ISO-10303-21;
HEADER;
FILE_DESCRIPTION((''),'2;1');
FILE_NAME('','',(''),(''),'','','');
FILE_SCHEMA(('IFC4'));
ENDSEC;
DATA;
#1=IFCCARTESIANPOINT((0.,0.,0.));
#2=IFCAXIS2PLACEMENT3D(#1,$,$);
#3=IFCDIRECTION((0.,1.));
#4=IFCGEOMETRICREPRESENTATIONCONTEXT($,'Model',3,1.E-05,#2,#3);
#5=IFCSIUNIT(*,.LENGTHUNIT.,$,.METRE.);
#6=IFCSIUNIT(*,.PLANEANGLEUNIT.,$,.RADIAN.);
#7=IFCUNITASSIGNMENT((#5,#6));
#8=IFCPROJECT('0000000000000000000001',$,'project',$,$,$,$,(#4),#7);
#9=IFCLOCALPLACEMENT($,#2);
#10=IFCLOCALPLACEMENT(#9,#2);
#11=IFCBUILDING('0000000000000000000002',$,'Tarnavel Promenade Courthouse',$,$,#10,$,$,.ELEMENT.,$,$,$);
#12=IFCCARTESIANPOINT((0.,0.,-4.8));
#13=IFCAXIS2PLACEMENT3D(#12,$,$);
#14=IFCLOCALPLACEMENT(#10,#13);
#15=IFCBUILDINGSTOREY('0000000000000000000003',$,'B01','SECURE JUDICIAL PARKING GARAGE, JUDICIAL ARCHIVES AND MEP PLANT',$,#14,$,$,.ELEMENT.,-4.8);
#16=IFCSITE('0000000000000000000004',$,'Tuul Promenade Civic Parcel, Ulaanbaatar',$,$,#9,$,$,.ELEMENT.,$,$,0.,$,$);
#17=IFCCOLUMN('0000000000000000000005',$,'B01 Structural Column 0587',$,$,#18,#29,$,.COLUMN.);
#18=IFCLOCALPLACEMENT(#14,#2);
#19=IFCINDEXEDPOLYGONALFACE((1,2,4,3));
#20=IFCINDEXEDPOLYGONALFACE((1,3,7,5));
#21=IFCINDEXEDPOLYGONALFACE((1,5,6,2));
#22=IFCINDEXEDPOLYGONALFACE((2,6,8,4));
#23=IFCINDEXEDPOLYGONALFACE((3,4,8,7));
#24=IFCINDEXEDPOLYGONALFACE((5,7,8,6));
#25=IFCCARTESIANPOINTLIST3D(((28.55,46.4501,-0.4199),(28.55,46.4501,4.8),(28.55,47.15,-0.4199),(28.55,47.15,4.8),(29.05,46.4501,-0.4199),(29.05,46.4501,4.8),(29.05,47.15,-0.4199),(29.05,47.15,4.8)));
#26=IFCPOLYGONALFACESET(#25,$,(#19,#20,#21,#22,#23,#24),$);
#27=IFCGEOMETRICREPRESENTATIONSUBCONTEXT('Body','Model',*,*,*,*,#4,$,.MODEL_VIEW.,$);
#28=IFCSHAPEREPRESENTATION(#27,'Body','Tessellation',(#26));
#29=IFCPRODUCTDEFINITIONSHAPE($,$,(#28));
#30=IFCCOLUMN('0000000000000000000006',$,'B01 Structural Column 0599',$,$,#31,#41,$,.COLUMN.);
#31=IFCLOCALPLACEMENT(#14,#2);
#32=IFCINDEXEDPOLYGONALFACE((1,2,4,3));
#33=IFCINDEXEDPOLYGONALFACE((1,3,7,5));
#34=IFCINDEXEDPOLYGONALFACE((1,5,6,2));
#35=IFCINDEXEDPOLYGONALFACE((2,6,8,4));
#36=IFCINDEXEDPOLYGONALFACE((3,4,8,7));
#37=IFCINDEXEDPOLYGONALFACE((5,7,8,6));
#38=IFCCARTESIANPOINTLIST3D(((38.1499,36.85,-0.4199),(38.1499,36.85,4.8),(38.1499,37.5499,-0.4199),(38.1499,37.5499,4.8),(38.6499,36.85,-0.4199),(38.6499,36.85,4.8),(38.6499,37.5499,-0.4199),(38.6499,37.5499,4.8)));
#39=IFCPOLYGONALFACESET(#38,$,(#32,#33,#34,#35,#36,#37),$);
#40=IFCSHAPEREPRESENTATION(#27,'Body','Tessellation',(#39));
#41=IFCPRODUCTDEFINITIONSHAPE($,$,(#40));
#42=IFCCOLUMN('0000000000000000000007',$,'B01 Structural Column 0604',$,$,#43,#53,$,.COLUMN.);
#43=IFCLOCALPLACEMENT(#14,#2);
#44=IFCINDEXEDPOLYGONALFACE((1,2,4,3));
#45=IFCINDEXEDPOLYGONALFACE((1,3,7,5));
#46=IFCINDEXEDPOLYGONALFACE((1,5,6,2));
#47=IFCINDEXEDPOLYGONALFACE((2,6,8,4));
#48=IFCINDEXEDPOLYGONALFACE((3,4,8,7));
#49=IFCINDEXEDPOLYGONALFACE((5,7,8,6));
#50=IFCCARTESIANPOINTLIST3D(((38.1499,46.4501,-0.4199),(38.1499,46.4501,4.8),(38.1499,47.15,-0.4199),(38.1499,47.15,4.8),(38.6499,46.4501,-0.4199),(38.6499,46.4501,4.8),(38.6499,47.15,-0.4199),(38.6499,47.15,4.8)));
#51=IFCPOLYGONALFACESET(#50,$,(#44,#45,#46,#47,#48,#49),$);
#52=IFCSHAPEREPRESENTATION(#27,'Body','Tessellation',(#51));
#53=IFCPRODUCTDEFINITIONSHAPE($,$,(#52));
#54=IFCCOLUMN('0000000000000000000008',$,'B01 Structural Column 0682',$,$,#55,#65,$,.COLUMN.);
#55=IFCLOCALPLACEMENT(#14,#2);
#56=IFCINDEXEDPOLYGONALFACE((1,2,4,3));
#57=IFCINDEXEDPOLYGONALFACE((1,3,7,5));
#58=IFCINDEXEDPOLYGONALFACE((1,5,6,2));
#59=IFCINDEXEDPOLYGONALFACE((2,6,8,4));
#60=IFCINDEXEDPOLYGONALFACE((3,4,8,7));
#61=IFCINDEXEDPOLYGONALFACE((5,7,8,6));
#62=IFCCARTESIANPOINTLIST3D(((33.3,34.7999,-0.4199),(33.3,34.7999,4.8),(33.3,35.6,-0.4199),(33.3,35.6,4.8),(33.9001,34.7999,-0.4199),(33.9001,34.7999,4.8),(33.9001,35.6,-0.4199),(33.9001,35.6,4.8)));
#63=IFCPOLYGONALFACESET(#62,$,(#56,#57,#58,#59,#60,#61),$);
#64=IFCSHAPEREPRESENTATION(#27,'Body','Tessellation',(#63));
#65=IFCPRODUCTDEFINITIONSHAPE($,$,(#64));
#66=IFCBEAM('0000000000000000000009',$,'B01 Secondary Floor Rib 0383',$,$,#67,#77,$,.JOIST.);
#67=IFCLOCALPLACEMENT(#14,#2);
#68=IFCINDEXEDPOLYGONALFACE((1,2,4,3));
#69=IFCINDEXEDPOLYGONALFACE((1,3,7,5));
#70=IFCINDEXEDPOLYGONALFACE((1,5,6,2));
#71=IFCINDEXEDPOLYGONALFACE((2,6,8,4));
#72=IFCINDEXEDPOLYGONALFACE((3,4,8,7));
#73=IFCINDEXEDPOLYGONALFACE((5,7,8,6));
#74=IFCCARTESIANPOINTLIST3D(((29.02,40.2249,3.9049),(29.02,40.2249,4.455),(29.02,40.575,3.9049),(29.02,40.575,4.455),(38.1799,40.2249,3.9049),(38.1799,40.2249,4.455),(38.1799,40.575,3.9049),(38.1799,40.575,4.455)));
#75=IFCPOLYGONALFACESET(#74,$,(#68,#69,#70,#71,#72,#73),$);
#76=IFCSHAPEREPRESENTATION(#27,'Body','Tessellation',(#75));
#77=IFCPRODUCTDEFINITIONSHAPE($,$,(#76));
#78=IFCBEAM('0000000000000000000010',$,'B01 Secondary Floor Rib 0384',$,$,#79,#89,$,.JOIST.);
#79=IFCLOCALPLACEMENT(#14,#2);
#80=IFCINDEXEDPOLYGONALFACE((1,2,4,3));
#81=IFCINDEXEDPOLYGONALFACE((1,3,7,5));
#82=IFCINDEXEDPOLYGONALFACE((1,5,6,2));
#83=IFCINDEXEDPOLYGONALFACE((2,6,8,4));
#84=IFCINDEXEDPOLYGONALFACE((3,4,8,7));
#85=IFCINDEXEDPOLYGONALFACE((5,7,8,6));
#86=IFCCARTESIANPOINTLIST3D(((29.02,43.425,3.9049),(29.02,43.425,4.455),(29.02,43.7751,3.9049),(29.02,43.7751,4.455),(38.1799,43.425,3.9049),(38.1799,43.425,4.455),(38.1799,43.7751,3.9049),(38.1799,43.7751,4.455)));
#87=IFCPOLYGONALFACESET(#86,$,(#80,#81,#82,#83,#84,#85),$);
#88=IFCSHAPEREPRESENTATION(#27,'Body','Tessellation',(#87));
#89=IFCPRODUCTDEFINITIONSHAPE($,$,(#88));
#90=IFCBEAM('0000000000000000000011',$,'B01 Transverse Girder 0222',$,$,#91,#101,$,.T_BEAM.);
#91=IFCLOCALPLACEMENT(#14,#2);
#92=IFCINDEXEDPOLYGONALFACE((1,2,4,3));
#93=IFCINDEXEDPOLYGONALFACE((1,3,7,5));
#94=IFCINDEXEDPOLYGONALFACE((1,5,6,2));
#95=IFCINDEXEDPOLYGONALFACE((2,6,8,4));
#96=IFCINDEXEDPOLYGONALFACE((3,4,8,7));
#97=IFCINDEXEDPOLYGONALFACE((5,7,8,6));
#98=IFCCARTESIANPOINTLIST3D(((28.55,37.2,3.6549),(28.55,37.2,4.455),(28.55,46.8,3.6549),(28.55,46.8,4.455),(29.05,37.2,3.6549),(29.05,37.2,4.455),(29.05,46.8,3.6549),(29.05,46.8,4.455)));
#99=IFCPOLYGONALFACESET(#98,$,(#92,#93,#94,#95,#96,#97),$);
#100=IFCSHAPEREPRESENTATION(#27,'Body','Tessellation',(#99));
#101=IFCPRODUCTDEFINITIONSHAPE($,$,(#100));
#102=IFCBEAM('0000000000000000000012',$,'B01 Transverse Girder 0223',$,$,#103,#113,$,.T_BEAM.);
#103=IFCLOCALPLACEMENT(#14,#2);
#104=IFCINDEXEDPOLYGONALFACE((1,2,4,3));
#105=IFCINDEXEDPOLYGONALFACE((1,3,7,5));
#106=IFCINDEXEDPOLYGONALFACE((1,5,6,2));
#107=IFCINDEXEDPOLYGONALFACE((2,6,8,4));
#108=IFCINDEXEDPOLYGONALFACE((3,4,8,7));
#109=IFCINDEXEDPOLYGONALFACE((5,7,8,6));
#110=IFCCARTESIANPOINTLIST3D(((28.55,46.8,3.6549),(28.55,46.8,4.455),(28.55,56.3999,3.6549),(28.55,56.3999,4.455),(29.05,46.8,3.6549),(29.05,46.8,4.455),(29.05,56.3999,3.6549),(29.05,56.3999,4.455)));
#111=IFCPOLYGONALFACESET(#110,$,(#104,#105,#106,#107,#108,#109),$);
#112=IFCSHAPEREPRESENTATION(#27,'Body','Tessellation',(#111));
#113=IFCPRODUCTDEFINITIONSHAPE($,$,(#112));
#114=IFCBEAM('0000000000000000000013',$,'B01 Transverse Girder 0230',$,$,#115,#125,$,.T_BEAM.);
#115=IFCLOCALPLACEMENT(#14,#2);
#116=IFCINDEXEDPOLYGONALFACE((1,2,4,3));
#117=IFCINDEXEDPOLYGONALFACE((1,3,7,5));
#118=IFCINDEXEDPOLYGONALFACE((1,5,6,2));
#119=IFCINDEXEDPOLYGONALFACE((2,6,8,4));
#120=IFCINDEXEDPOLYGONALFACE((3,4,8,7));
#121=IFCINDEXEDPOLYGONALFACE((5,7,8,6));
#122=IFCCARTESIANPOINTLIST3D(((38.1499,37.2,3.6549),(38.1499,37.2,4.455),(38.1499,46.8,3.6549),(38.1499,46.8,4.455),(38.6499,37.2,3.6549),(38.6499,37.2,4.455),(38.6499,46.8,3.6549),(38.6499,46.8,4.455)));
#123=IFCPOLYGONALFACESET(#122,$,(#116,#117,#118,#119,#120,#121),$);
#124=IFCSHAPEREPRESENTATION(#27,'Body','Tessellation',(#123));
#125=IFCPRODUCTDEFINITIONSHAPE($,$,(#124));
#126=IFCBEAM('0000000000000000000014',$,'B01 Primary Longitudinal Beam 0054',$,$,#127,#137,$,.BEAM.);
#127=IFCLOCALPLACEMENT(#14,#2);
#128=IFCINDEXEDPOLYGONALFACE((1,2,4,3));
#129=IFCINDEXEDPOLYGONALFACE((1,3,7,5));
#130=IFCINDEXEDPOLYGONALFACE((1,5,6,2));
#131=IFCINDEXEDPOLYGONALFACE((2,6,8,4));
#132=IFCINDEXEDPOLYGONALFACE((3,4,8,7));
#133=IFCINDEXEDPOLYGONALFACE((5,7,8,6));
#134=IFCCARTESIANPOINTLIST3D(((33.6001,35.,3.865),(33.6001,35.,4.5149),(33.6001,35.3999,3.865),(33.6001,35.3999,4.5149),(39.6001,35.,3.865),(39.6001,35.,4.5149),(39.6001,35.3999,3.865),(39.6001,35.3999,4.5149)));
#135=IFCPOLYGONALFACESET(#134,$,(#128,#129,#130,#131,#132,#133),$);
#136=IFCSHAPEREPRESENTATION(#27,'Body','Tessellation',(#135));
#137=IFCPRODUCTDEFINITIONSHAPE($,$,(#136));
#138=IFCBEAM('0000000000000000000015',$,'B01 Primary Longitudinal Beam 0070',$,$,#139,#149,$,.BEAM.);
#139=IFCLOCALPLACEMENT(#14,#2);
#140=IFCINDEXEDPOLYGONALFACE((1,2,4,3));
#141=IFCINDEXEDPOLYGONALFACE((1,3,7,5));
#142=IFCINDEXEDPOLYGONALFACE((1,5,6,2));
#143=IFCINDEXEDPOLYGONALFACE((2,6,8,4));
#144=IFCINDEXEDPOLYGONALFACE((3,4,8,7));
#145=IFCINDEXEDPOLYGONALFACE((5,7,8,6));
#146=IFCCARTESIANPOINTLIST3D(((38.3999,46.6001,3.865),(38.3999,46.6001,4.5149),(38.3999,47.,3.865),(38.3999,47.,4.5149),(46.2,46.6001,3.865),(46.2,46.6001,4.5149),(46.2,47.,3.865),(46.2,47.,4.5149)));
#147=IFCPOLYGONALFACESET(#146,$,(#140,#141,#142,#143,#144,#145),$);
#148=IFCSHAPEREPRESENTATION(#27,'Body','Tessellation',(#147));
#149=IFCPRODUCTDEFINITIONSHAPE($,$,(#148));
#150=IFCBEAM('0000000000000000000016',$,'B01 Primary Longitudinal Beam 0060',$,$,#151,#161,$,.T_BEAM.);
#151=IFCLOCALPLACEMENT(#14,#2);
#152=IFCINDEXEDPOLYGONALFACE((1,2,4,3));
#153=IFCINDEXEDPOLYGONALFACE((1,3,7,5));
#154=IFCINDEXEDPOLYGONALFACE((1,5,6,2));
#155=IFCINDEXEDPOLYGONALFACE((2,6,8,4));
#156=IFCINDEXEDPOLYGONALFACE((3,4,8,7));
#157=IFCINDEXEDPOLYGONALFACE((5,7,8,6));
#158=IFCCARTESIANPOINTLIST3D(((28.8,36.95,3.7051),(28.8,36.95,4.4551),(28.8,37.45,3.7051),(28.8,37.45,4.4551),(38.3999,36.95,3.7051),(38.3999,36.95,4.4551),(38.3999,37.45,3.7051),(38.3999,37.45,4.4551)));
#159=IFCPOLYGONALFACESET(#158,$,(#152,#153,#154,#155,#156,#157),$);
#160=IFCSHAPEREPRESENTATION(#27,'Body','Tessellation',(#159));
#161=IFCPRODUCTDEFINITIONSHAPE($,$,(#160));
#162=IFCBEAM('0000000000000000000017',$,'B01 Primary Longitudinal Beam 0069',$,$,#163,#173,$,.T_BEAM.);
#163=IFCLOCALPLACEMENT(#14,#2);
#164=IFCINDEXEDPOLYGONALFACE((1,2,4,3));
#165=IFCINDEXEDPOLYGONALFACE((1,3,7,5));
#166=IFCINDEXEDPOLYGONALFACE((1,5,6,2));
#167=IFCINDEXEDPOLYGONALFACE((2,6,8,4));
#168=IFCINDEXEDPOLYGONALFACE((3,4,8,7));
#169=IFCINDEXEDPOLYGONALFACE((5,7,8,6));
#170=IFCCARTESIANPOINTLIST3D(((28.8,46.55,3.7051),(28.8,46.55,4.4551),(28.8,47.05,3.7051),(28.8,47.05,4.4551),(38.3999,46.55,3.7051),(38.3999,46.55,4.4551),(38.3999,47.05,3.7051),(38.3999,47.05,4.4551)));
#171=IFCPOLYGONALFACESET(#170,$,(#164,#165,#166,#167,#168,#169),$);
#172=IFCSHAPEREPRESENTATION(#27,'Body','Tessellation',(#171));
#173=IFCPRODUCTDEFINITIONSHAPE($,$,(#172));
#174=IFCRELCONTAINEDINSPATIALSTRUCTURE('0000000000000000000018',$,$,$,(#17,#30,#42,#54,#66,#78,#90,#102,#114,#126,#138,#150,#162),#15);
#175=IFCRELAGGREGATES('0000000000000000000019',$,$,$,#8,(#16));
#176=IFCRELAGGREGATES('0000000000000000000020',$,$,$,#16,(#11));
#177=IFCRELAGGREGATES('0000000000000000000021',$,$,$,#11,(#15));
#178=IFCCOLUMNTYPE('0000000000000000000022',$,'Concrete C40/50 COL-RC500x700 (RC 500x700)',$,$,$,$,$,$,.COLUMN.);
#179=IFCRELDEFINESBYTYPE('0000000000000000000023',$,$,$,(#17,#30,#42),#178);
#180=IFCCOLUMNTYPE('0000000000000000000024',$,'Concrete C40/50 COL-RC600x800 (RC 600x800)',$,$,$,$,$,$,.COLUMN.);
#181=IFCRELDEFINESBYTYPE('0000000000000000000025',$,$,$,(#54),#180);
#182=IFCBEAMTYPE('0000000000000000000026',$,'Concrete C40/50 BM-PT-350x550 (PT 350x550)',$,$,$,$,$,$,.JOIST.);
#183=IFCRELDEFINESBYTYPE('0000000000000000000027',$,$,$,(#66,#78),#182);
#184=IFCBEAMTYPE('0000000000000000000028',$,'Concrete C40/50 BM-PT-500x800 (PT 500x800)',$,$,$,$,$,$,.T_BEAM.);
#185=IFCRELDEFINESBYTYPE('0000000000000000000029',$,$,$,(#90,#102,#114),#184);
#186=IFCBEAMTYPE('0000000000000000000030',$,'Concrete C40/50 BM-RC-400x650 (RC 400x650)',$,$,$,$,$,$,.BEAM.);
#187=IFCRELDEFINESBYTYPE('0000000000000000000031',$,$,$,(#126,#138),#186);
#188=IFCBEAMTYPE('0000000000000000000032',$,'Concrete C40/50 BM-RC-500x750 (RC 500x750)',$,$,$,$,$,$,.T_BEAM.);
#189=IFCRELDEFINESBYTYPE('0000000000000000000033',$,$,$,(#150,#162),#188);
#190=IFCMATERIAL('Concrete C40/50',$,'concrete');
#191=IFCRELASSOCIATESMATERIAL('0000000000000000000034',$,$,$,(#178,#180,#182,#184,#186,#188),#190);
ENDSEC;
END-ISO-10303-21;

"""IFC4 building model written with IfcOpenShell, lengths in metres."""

from ifc_helpers import new_model, si_unit, direction, frame, origin, origin_2d, place, context, subcontext, project, spatial, rectangle, extrude, material, material_profile, profile_set, type_object, element, save


model = new_model("IFC4")

# Units and contexts
model_context = context("Model", 3, precision=1e-05, world=origin(), true_north=direction((0.0, 1.0)))
body_context = subcontext(model_context, "Body", "Model", "MODEL_VIEW")
ifc_project = project(units=[si_unit("LENGTHUNIT", "METRE"), si_unit("PLANEANGLEUNIT", "RADIAN")], contexts=[model_context])

# Site, building, storey
site_placement = place(None, origin())
site = spatial("IfcSite", under=ifc_project, at=site_placement, Name="Tuul Promenade Civic Parcel, Ulaanbaatar", CompositionType="ELEMENT", RefElevation=0.0)
building_placement = place(site_placement, origin())
building = spatial("IfcBuilding", under=site, at=building_placement, Name="Tarnavel Promenade Courthouse", CompositionType="ELEMENT")
storey_placement = place(building_placement, frame((0.0, 0.0, -4.8)))
storey = spatial("IfcBuildingStorey", under=building, at=storey_placement, Name="B01", Description="SECURE JUDICIAL PARKING GARAGE, JUDICIAL ARCHIVES AND MEP PLANT", CompositionType="ELEMENT", Elevation=-4.8)

# Columns
ifc_material_1 = material(Name="Concrete C40/50", Category="concrete")
ifc_material_profile_1 = material_profile(ifc_material_1, rectangle(XDim=0.5, YDim=0.7, at=origin_2d()), Name="RC 500x700")
ifc_profile_set_1 = profile_set([ifc_material_profile_1], Name="Concrete C40/50")
column_type_1 = type_object("IfcColumnType", Name="Concrete C40/50 COL-RC500x700 (RC 500x700)", PredefinedType="COLUMN", material=ifc_profile_set_1)
for number, where, z_axis, x_axis, name in (
    (1, (28.8, 46.8, -0.4199), (0.0, 0.0, 1.0), (1.0, 0.0, 0.0), "B01 Structural Column 0587"),
    (2, (38.3999, 37.2, -0.4199), (0.0, 0.0, 1.0), (1.0, 0.0, 0.0), "B01 Structural Column 0599"),
    (3, (38.3999, 46.8, -0.4199), (0.0, 0.0, 1.0), (1.0, 0.0, 0.0), "B01 Structural Column 0604"),
):
    element("IfcColumn", number, at=place(storey_placement, frame(where, z_axis=z_axis, x_axis=x_axis)), inside=storey, type_object=column_type_1, Name=name, PredefinedType="COLUMN", context=body_context, shape_type="SweptSolid", body=[
        extrude(rectangle(XDim=0.5, YDim=0.7, at=origin_2d()), origin(), (0.0, 0.0, 1.0), 5.22),
    ])
ifc_material_profile_2 = material_profile(ifc_material_1, rectangle(XDim=0.6001, YDim=0.8, at=origin_2d()), Name="RC 600x800")
ifc_profile_set_2 = profile_set([ifc_material_profile_2], Name="Concrete C40/50")
column_type_2 = type_object("IfcColumnType", Name="Concrete C40/50 COL-RC600x800 (RC 600x800)", PredefinedType="COLUMN", material=ifc_profile_set_2)
column_placement = place(storey_placement, frame((33.6001, 35.2, -0.4199), z_axis=(0.0, 0.0, 1.0), x_axis=(1.0, 0.0, 0.0)))
element("IfcColumn", 4, at=column_placement, inside=storey, type_object=column_type_2, Name="B01 Structural Column 0682", PredefinedType="COLUMN", context=body_context, shape_type="SweptSolid", body=[
    extrude(rectangle(XDim=0.6001, YDim=0.8, at=origin_2d()), origin(), (0.0, 0.0, 1.0), 5.22),
])

# Beams
ifc_material_profile_3 = material_profile(ifc_material_1, rectangle(XDim=0.3501, YDim=0.55, at=origin_2d()), Name="PT 350x550")
ifc_profile_set_3 = profile_set([ifc_material_profile_3], Name="Concrete C40/50")
beam_type_1 = type_object("IfcBeamType", Name="Concrete C40/50 BM-PT-350x550 (PT 350x550)", PredefinedType="JOIST", material=ifc_profile_set_3)
for number, where, z_axis, x_axis, name in (
    (5, (29.02, 40.3999, 4.1799), (1.0, 0.0, 0.0), (0.0, 1.0, 0.0), "B01 Secondary Floor Rib 0383"),
    (6, (29.02, 43.6001, 4.1799), (1.0, 0.0, 0.0), (0.0, 1.0, 0.0), "B01 Secondary Floor Rib 0384"),
):
    element("IfcBeam", number, at=place(storey_placement, frame(where, z_axis=z_axis, x_axis=x_axis)), inside=storey, type_object=beam_type_1, Name=name, PredefinedType="JOIST", context=body_context, shape_type="SweptSolid", body=[
        extrude(rectangle(XDim=0.3501, YDim=0.55, at=origin_2d()), origin(), (0.0, 0.0, 1.0), 9.1599),
    ])
ifc_material_profile_4 = material_profile(ifc_material_1, rectangle(XDim=0.5, YDim=0.8, at=origin_2d()), Name="PT 500x800")
ifc_profile_set_4 = profile_set([ifc_material_profile_4], Name="Concrete C40/50")
beam_type_2 = type_object("IfcBeamType", Name="Concrete C40/50 BM-PT-500x800 (PT 500x800)", PredefinedType="T_BEAM", material=ifc_profile_set_4)
beam_1_placement = place(storey_placement, frame((28.8, 37.2, 4.0549), z_axis=(0.0, 1.0, 0.0), x_axis=(-1.0, 0.0, 0.0)))
element("IfcBeam", 7, at=beam_1_placement, inside=storey, type_object=beam_type_2, Name="B01 Transverse Girder 0222", PredefinedType="T_BEAM", context=body_context, shape_type="SweptSolid", body=[
    extrude(rectangle(XDim=0.5, YDim=0.8, at=origin_2d()), origin(), (0.0, 0.0, 1.0), 9.6001),
])
beam_2_placement = place(storey_placement, frame((28.8, 46.8, 4.0549), z_axis=(0.0, 1.0, 0.0), x_axis=(-1.0, 0.0, 0.0)))
element("IfcBeam", 8, at=beam_2_placement, inside=storey, type_object=beam_type_2, Name="B01 Transverse Girder 0223", PredefinedType="T_BEAM", context=body_context, shape_type="SweptSolid", body=[
    extrude(rectangle(XDim=0.5, YDim=0.8, at=origin_2d()), origin(), (0.0, 0.0, 1.0), 9.5999),
])
beam_3_placement = place(storey_placement, frame((38.3999, 37.2, 4.0549), z_axis=(0.0, 1.0, 0.0), x_axis=(-1.0, 0.0, 0.0)))
element("IfcBeam", 9, at=beam_3_placement, inside=storey, type_object=beam_type_2, Name="B01 Transverse Girder 0230", PredefinedType="T_BEAM", context=body_context, shape_type="SweptSolid", body=[
    extrude(rectangle(XDim=0.5, YDim=0.8, at=origin_2d()), origin(), (0.0, 0.0, 1.0), 9.6001),
])
ifc_material_profile_5 = material_profile(ifc_material_1, rectangle(XDim=0.3999, YDim=0.6499, at=origin_2d()), Name="RC 400x650")
ifc_profile_set_5 = profile_set([ifc_material_profile_5], Name="Concrete C40/50")
beam_type_3 = type_object("IfcBeamType", Name="Concrete C40/50 BM-RC-400x650 (RC 400x650)", PredefinedType="BEAM", material=ifc_profile_set_5)
beam_4_placement = place(storey_placement, frame((33.6001, 35.2, 4.1899), z_axis=(1.0, 0.0, 0.0), x_axis=(0.0, 1.0, 0.0)))
element("IfcBeam", 10, at=beam_4_placement, inside=storey, type_object=beam_type_3, Name="B01 Primary Longitudinal Beam 0054", PredefinedType="BEAM", context=body_context, shape_type="SweptSolid", body=[
    extrude(rectangle(XDim=0.3999, YDim=0.6499, at=origin_2d()), origin(), (0.0, 0.0, 1.0), 6.0),
])
beam_5_placement = place(storey_placement, frame((38.3999, 46.8, 4.1899), z_axis=(1.0, 0.0, 0.0), x_axis=(0.0, 1.0, 0.0)))
element("IfcBeam", 11, at=beam_5_placement, inside=storey, type_object=beam_type_3, Name="B01 Primary Longitudinal Beam 0070", PredefinedType="BEAM", context=body_context, shape_type="SweptSolid", body=[
    extrude(rectangle(XDim=0.3999, YDim=0.6499, at=origin_2d()), origin(), (0.0, 0.0, 1.0), 7.8),
])
ifc_material_profile_6 = material_profile(ifc_material_1, rectangle(XDim=0.5, YDim=0.75, at=origin_2d()), Name="RC 500x750")
ifc_profile_set_6 = profile_set([ifc_material_profile_6], Name="Concrete C40/50")
beam_type_4 = type_object("IfcBeamType", Name="Concrete C40/50 BM-RC-500x750 (RC 500x750)", PredefinedType="T_BEAM", material=ifc_profile_set_6)
for number, where, z_axis, x_axis, name in (
    (12, (28.8, 37.2, 4.0801), (1.0, 0.0, 0.0), (0.0, 1.0, 0.0), "B01 Primary Longitudinal Beam 0060"),
    (13, (28.8, 46.8, 4.0801), (1.0, 0.0, 0.0), (0.0, 1.0, 0.0), "B01 Primary Longitudinal Beam 0069"),
):
    element("IfcBeam", number, at=place(storey_placement, frame(where, z_axis=z_axis, x_axis=x_axis)), inside=storey, type_object=beam_type_4, Name=name, PredefinedType="T_BEAM", context=body_context, shape_type="SweptSolid", body=[
        extrude(rectangle(XDim=0.5, YDim=0.75, at=origin_2d()), origin(), (0.0, 0.0, 1.0), 9.5999),
    ])

save(model, "model.ifc")
